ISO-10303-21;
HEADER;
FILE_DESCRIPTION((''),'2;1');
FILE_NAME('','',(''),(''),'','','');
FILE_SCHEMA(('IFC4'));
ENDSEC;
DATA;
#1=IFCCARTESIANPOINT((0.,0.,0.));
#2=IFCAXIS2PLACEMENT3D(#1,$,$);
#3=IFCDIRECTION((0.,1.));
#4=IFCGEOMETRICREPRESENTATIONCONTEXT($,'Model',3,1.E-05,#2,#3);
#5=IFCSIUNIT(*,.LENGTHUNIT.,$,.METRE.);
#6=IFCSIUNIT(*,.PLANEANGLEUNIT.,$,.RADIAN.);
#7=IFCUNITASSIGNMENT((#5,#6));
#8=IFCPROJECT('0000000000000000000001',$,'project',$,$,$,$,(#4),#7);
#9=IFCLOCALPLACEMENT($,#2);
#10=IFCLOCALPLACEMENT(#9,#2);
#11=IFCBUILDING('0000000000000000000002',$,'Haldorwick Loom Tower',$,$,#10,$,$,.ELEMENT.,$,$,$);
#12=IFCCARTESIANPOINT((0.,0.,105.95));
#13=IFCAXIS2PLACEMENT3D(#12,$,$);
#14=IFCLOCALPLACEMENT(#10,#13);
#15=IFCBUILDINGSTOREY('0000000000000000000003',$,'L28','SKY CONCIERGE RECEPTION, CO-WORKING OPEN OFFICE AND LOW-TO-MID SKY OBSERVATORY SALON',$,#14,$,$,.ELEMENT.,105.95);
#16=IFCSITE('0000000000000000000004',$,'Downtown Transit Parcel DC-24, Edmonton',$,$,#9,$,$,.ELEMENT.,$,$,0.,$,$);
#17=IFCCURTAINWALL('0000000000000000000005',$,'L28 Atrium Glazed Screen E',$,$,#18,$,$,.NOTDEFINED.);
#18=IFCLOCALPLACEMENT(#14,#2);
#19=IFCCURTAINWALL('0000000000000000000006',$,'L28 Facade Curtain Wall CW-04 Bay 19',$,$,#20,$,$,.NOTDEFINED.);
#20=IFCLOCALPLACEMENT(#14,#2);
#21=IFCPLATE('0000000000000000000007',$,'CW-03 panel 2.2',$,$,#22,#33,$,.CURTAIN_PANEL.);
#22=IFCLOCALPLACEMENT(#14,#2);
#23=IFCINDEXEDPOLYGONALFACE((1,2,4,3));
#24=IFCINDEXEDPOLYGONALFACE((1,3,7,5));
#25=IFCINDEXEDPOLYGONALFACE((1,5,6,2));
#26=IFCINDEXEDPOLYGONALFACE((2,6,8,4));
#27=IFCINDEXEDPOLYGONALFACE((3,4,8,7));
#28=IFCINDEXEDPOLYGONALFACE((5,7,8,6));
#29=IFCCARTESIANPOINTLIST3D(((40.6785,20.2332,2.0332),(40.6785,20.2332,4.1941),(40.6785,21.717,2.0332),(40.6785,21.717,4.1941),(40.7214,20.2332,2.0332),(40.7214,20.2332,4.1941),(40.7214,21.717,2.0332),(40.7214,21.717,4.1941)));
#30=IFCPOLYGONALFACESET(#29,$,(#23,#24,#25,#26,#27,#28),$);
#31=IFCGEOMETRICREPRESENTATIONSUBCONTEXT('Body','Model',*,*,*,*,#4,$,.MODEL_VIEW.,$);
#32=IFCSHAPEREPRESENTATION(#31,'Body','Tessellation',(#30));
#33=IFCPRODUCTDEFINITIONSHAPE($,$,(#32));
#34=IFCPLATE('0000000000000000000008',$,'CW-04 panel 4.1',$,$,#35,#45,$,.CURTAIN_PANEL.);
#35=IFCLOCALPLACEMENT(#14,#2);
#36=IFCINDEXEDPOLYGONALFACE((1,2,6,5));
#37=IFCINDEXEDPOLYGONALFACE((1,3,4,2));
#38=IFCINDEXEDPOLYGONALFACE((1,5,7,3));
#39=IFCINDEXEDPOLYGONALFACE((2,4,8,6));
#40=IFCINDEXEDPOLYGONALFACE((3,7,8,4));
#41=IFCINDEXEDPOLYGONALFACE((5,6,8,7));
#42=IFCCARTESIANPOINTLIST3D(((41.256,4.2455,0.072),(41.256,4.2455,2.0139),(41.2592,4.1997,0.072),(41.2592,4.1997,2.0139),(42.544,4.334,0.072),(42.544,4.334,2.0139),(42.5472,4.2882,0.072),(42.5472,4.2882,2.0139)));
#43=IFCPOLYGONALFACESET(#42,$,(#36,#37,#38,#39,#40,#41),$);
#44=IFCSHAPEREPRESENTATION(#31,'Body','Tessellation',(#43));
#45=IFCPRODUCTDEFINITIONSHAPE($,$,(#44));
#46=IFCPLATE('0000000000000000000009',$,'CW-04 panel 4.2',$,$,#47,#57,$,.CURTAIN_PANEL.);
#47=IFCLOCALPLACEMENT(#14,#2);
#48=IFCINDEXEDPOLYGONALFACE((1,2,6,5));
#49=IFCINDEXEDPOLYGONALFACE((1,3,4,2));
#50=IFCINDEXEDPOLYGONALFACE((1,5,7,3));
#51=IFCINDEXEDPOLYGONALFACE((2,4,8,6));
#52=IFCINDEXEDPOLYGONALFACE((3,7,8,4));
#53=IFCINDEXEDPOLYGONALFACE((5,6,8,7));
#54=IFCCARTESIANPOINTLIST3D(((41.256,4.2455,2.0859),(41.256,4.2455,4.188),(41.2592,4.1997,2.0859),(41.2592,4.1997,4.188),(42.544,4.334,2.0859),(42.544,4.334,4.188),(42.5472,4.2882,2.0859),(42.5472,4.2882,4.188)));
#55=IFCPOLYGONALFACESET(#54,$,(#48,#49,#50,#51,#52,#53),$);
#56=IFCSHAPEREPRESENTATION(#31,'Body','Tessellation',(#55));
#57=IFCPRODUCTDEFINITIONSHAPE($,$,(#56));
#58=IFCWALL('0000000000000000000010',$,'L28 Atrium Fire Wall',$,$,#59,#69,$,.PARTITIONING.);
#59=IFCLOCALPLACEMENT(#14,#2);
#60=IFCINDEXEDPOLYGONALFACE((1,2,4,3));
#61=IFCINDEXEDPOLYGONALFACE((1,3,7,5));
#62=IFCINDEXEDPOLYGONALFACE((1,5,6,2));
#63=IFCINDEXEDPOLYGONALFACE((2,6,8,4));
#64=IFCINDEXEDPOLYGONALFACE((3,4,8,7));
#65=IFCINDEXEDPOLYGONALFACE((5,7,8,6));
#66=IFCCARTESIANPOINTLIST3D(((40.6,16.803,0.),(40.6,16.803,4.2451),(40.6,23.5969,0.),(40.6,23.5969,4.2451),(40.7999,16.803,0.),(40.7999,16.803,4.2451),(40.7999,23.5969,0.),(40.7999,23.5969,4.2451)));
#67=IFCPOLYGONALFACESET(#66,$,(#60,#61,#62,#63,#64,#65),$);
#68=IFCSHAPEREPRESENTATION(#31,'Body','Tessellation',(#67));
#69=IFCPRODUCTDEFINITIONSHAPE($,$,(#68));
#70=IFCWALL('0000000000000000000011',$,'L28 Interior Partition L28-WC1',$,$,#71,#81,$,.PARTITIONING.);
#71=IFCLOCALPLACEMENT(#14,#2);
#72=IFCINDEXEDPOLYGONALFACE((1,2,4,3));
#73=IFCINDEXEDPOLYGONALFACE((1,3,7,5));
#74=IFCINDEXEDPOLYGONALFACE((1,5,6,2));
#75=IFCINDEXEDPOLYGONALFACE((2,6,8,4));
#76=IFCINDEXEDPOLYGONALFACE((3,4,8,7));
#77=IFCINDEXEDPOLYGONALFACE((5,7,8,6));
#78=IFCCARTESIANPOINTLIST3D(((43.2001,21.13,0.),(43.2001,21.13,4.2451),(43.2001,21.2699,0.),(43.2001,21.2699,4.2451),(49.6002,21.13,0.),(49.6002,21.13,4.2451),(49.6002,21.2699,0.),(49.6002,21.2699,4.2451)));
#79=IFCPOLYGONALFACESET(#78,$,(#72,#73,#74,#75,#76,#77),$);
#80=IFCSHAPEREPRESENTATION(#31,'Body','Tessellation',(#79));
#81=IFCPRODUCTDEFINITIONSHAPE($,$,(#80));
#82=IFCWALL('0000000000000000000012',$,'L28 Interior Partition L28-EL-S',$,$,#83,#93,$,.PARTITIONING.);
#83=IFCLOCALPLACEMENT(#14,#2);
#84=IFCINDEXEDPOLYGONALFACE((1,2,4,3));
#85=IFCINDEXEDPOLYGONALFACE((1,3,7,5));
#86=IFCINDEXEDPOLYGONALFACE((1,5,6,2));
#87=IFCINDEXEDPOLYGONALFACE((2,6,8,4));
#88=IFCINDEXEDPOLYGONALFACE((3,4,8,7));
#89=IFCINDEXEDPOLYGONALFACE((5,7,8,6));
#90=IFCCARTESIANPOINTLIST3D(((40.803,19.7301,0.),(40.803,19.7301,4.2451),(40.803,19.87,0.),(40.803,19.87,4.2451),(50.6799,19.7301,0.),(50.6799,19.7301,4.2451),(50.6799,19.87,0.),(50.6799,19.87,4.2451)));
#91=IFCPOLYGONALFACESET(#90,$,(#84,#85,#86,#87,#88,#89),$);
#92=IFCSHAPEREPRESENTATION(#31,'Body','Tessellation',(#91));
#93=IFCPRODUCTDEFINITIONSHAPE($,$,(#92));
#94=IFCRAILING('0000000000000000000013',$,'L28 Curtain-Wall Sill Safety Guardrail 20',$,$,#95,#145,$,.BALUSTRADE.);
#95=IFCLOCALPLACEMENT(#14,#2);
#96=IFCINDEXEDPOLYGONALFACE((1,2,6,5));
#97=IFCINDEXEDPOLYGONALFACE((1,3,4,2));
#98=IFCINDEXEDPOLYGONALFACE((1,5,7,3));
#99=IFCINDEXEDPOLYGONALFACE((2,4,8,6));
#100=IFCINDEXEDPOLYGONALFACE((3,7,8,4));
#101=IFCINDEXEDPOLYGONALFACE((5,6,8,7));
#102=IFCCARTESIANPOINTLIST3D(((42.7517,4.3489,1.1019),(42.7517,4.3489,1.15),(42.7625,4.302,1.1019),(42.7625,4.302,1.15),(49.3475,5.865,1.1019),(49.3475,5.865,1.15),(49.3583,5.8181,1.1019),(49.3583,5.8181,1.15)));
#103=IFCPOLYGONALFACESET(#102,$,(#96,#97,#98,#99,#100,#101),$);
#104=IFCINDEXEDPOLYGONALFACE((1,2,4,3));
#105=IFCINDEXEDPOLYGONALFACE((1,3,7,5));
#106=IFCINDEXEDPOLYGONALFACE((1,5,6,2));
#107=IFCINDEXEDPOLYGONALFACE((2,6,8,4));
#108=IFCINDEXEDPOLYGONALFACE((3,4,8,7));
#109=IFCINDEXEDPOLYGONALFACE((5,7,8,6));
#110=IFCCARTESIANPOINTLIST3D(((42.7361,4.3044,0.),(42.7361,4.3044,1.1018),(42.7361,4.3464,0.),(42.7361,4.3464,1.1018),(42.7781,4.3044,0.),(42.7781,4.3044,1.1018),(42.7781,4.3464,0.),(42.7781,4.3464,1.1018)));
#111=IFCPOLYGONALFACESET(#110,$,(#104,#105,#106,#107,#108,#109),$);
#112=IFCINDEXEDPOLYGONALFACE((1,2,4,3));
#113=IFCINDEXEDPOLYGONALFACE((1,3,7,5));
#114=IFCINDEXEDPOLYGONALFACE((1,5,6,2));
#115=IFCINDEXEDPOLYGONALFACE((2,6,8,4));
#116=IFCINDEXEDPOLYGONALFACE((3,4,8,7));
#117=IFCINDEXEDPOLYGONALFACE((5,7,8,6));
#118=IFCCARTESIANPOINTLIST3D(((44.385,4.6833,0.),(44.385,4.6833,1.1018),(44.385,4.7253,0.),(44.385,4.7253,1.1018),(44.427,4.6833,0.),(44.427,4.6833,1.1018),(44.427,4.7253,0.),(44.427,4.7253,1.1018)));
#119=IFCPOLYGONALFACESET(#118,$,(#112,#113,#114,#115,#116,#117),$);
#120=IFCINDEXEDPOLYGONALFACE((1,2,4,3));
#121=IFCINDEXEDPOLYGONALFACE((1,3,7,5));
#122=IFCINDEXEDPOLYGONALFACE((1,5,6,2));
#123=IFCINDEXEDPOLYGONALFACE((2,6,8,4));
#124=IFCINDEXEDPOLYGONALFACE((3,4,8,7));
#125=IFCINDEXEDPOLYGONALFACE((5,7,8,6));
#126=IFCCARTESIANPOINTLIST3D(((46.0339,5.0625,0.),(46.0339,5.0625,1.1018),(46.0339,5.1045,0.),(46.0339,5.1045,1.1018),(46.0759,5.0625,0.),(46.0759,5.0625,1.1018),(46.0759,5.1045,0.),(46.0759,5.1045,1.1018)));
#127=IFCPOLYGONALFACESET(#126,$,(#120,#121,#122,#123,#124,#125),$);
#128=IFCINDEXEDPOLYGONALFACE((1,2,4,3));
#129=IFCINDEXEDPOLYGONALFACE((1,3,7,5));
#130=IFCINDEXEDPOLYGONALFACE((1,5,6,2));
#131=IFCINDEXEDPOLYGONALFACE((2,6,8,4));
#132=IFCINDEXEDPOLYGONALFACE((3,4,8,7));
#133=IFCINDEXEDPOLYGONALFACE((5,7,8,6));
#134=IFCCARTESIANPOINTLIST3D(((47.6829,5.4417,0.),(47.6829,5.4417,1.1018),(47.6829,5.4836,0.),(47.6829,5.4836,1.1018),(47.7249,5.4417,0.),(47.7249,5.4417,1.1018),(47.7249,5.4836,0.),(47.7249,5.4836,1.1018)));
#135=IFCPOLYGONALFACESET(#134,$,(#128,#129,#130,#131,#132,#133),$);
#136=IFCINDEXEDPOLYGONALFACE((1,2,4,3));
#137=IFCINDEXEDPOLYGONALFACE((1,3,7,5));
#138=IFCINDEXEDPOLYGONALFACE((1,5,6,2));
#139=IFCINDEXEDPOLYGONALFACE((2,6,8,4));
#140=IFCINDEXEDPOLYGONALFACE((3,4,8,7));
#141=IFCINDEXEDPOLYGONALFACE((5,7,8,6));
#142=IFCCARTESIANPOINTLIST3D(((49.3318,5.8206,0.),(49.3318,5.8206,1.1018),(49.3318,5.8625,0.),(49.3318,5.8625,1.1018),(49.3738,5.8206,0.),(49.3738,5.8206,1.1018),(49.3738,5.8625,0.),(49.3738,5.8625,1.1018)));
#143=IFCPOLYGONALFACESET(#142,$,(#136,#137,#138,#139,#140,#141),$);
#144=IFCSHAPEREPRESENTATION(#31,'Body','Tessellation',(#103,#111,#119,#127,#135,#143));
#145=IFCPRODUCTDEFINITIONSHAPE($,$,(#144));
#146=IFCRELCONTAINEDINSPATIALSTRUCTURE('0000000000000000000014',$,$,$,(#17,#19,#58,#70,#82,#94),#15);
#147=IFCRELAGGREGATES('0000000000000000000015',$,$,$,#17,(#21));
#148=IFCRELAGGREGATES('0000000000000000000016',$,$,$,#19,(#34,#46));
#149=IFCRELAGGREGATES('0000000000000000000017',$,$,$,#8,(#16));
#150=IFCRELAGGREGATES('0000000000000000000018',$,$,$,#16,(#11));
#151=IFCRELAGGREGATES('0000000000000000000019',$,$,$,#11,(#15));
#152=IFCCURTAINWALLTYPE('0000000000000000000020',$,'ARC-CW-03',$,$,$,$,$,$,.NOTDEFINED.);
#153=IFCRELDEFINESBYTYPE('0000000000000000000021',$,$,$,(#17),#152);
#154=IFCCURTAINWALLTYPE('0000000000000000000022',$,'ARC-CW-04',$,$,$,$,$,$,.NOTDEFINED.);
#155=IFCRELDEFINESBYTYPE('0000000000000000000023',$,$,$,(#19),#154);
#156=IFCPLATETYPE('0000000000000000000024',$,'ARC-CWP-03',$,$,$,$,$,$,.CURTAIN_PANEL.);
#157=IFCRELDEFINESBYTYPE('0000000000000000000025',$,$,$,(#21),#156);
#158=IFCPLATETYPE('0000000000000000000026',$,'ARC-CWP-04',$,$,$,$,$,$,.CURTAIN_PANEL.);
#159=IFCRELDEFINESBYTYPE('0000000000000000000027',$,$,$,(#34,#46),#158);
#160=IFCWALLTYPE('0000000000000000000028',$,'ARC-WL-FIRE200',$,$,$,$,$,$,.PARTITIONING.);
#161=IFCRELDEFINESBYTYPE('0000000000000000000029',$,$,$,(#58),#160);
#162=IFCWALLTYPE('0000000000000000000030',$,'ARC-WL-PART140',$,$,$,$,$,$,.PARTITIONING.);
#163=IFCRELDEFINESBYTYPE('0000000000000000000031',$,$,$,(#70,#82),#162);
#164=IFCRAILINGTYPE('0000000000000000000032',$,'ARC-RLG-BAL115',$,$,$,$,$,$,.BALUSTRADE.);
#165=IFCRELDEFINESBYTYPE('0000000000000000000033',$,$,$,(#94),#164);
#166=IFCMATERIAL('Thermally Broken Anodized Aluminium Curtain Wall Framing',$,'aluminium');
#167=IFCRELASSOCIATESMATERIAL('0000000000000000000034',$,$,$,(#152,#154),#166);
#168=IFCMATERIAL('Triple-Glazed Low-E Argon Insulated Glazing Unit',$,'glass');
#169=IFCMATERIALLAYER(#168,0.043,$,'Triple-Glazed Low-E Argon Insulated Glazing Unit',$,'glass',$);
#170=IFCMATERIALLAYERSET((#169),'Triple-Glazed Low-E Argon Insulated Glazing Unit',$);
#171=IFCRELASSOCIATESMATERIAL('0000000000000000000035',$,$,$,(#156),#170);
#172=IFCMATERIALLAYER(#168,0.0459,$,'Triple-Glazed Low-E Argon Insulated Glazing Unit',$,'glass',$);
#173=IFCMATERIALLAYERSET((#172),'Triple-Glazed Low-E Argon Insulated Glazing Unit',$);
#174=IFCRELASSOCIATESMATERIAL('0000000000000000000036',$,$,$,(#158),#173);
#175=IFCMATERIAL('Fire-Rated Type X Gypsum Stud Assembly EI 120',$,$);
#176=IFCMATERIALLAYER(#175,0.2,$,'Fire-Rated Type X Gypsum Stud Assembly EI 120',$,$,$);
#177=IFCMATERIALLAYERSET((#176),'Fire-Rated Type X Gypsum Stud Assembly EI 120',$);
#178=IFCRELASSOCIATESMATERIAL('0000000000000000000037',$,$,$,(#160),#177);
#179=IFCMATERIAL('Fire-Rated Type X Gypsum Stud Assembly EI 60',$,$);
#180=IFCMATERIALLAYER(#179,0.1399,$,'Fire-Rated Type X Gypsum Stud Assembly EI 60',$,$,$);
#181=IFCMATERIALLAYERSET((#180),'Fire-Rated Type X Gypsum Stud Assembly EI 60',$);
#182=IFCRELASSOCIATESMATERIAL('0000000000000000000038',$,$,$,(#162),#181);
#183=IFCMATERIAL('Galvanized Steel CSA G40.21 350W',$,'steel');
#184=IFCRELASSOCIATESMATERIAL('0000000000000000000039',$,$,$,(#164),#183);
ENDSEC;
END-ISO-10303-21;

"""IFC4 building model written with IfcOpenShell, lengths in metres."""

from ifc_helpers import new_model, si_unit, direction, frame, frame_2d, origin, origin_2d, place, context, subcontext, project, spatial, rectangle, extrude, material, layer, layer_set, type_object, element, aggregate, save


model = new_model("IFC4")

# Units and contexts
model_context = context("Model", 3, precision=1e-05, world=origin(), true_north=direction((0.0, 1.0)))
body_context = subcontext(model_context, "Body", "Model", "MODEL_VIEW")
ifc_project = project(units=[si_unit("LENGTHUNIT", "METRE"), si_unit("PLANEANGLEUNIT", "RADIAN")], contexts=[model_context])

# Site, building, storey
site_placement = place(None, origin())
site = spatial("IfcSite", under=ifc_project, at=site_placement, Name="Downtown Transit Parcel DC-24, Edmonton", CompositionType="ELEMENT", RefElevation=0.0)
building_placement = place(site_placement, origin())
building = spatial("IfcBuilding", under=site, at=building_placement, Name="Haldorwick Loom Tower", CompositionType="ELEMENT")
storey_placement = place(building_placement, frame((0.0, 0.0, 105.95)))
storey = spatial("IfcBuildingStorey", under=building, at=storey_placement, Name="L28", Description="SKY CONCIERGE RECEPTION, CO-WORKING OPEN OFFICE AND LOW-TO-MID SKY OBSERVATORY SALON", CompositionType="ELEMENT", Elevation=105.95)

# Curtain walls
ifc_material_1 = material(Name="Thermally Broken Anodized Aluminium Curtain Wall Framing", Category="aluminium")
curtain_wall_type_1 = type_object("IfcCurtainWallType", Name="ARC-CW-03", PredefinedType="NOTDEFINED", material=ifc_material_1)
curtain_wall_1_placement = place(storey_placement, origin())
curtain_wall_1 = element("IfcCurtainWall", 1, at=curtain_wall_1_placement, inside=storey, type_object=curtain_wall_type_1, Name="L28 Atrium Glazed Screen E", PredefinedType="NOTDEFINED")
curtain_wall_type_2 = type_object("IfcCurtainWallType", Name="ARC-CW-04", PredefinedType="NOTDEFINED", material=ifc_material_1)
curtain_wall_2_placement = place(storey_placement, origin())
curtain_wall_2 = element("IfcCurtainWall", 2, at=curtain_wall_2_placement, inside=storey, type_object=curtain_wall_type_2, Name="L28 Facade Curtain Wall CW-04 Bay 19", PredefinedType="NOTDEFINED")

# Plates
ifc_material_2 = material(Name="Triple-Glazed Low-E Argon Insulated Glazing Unit", Category="glass")
ifc_layer_1 = layer(ifc_material_2, 0.043, Name="Triple-Glazed Low-E Argon Insulated Glazing Unit", Category="glass")
ifc_layer_set_1 = layer_set([ifc_layer_1], Name="Triple-Glazed Low-E Argon Insulated Glazing Unit")
plate_type_1 = type_object("IfcPlateType", Name="ARC-CWP-03", PredefinedType="CURTAIN_PANEL", material=ifc_layer_set_1)
plate_1_placement = place(storey_placement, frame((40.7, 20.9751, 2.0332), z_axis=(0.0, 0.0, 1.0), x_axis=(0.0, -1.0, 0.0)))
plate_1 = element("IfcPlate", 3, at=plate_1_placement, type_object=plate_type_1, Name="CW-03 panel 2.2", PredefinedType="CURTAIN_PANEL", context=body_context, shape_type="SweptSolid", body=[
    extrude(rectangle(XDim=1.4839, YDim=0.043, at=origin_2d()), origin(), (0.0, 0.0, 1.0), 2.1609),
])
aggregate(curtain_wall_1, [plate_1])
ifc_layer_2 = layer(ifc_material_2, 0.0459, Name="Triple-Glazed Low-E Argon Insulated Glazing Unit", Category="glass")
ifc_layer_set_2 = layer_set([ifc_layer_2], Name="Triple-Glazed Low-E Argon Insulated Glazing Unit")
plate_type_2 = type_object("IfcPlateType", Name="ARC-CWP-04", PredefinedType="CURTAIN_PANEL", material=ifc_layer_set_2)
plate_2_placement = place(storey_placement, frame((41.9016, 4.2668, 0.072), z_axis=(0.0, 0.0, 1.0), x_axis=(0.997651, 0.068496, 0.0)))
plate_2 = element("IfcPlate", 4, at=plate_2_placement, type_object=plate_type_2, Name="CW-04 panel 4.1", PredefinedType="CURTAIN_PANEL", context=body_context, shape_type="SweptSolid", body=[
    extrude(rectangle(XDim=1.291, YDim=0.0459, at=origin_2d()), origin(), (0.0, 0.0, 1.0), 1.9419),
])
plate_3_placement = place(storey_placement, frame((41.9016, 4.2668, 2.0859), z_axis=(0.0, 0.0, 1.0), x_axis=(0.997651, 0.068496, 0.0)))
plate_3 = element("IfcPlate", 5, at=plate_3_placement, type_object=plate_type_2, Name="CW-04 panel 4.2", PredefinedType="CURTAIN_PANEL", context=body_context, shape_type="SweptSolid", body=[
    extrude(rectangle(XDim=1.291, YDim=0.0459, at=origin_2d()), origin(), (0.0, 0.0, 1.0), 2.1021),
])
aggregate(curtain_wall_2, [plate_2, plate_3])

# Walls
ifc_material_3 = material(Name="Fire-Rated Type X Gypsum Stud Assembly EI 120")
ifc_layer_3 = layer(ifc_material_3, 0.2, Name="Fire-Rated Type X Gypsum Stud Assembly EI 120")
ifc_layer_set_3 = layer_set([ifc_layer_3], Name="Fire-Rated Type X Gypsum Stud Assembly EI 120")
wall_type_1 = type_object("IfcWallType", Name="ARC-WL-FIRE200", PredefinedType="PARTITIONING", material=ifc_layer_set_3)
wall_1_placement = place(storey_placement, frame((40.7, 23.5969, 0.0), z_axis=(0.0, 0.0, 1.0), x_axis=(0.0, -1.0, 0.0)))
element("IfcWall", 6, at=wall_1_placement, inside=storey, type_object=wall_type_1, Name="L28 Atrium Fire Wall", PredefinedType="PARTITIONING", context=body_context, shape_type="SweptSolid", body=[
    extrude(rectangle(XDim=6.7939, YDim=0.2, at=frame_2d((3.397, 0.0))), origin(), (0.0, 0.0, 1.0), 4.2451),
])
ifc_material_4 = material(Name="Fire-Rated Type X Gypsum Stud Assembly EI 60")
ifc_layer_4 = layer(ifc_material_4, 0.1399, Name="Fire-Rated Type X Gypsum Stud Assembly EI 60")
ifc_layer_set_4 = layer_set([ifc_layer_4], Name="Fire-Rated Type X Gypsum Stud Assembly EI 60")
wall_type_2 = type_object("IfcWallType", Name="ARC-WL-PART140", PredefinedType="PARTITIONING", material=ifc_layer_set_4)
wall_2_placement = place(storey_placement, frame((43.2, 21.2, 0.0), z_axis=(0.0, 0.0, 1.0), x_axis=(1.0, 0.0, 0.0)))
element("IfcWall", 7, at=wall_2_placement, inside=storey, type_object=wall_type_2, Name="L28 Interior Partition L28-WC1", PredefinedType="PARTITIONING", context=body_context, shape_type="SweptSolid", body=[
    extrude(rectangle(XDim=6.4001, YDim=0.1399, at=frame_2d((3.2002, 0.0))), origin(), (0.0, 0.0, 1.0), 4.2451),
])
wall_3_placement = place(storey_placement, frame((40.803, 19.8, 0.0), z_axis=(0.0, 0.0, 1.0), x_axis=(1.0, 0.0, 0.0)))
element("IfcWall", 8, at=wall_3_placement, inside=storey, type_object=wall_type_2, Name="L28 Interior Partition L28-EL-S", PredefinedType="PARTITIONING", context=body_context, shape_type="SweptSolid", body=[
    extrude(rectangle(XDim=9.877, YDim=0.1399, at=frame_2d((4.9385, 0.0))), origin(), (0.0, 0.0, 1.0), 4.2451),
])

# Railing
ifc_material_5 = material(Name="Galvanized Steel CSA G40.21 350W", Category="steel")
railing_type = type_object("IfcRailingType", Name="ARC-RLG-BAL115", PredefinedType="BALUSTRADE", material=ifc_material_5)
railing_placement = place(storey_placement, frame((42.7571, 4.3254, 0.0)))
element("IfcRailing", 9, at=railing_placement, inside=storey, type_object=railing_type, Name="L28 Curtain-Wall Sill Safety Guardrail 20", PredefinedType="BALUSTRADE", context=body_context, shape_type="SweptSolid", body=[
    extrude(rectangle(XDim=0.0481, YDim=0.0481, at=origin_2d()), frame((0.0, 0.0, 1.126), z_axis=(0.974584, 0.224022, 0.0), x_axis=(-0.224022, 0.974584, 0.0)), (0.0, 0.0, 1.0), 6.7678),
    extrude(rectangle(XDim=0.042, YDim=0.042, at=origin_2d()), origin(), (0.0, 0.0, 1.0), 1.1018),
    extrude(rectangle(XDim=0.042, YDim=0.042, at=origin_2d()), frame((1.6489, 0.3789, 0.0)), (0.0, 0.0, 1.0), 1.1018),
    extrude(rectangle(XDim=0.042, YDim=0.042, at=origin_2d()), frame((3.2979, 0.7581, 0.0)), (0.0, 0.0, 1.0), 1.1018),
    extrude(rectangle(XDim=0.042, YDim=0.042, at=origin_2d()), frame((4.9468, 1.1372, 0.0)), (0.0, 0.0, 1.0), 1.1018),
    extrude(rectangle(XDim=0.042, YDim=0.042, at=origin_2d()), frame((6.5957, 1.5161, 0.0)), (0.0, 0.0, 1.0), 1.1018),
])

save(model, "model.ifc")
